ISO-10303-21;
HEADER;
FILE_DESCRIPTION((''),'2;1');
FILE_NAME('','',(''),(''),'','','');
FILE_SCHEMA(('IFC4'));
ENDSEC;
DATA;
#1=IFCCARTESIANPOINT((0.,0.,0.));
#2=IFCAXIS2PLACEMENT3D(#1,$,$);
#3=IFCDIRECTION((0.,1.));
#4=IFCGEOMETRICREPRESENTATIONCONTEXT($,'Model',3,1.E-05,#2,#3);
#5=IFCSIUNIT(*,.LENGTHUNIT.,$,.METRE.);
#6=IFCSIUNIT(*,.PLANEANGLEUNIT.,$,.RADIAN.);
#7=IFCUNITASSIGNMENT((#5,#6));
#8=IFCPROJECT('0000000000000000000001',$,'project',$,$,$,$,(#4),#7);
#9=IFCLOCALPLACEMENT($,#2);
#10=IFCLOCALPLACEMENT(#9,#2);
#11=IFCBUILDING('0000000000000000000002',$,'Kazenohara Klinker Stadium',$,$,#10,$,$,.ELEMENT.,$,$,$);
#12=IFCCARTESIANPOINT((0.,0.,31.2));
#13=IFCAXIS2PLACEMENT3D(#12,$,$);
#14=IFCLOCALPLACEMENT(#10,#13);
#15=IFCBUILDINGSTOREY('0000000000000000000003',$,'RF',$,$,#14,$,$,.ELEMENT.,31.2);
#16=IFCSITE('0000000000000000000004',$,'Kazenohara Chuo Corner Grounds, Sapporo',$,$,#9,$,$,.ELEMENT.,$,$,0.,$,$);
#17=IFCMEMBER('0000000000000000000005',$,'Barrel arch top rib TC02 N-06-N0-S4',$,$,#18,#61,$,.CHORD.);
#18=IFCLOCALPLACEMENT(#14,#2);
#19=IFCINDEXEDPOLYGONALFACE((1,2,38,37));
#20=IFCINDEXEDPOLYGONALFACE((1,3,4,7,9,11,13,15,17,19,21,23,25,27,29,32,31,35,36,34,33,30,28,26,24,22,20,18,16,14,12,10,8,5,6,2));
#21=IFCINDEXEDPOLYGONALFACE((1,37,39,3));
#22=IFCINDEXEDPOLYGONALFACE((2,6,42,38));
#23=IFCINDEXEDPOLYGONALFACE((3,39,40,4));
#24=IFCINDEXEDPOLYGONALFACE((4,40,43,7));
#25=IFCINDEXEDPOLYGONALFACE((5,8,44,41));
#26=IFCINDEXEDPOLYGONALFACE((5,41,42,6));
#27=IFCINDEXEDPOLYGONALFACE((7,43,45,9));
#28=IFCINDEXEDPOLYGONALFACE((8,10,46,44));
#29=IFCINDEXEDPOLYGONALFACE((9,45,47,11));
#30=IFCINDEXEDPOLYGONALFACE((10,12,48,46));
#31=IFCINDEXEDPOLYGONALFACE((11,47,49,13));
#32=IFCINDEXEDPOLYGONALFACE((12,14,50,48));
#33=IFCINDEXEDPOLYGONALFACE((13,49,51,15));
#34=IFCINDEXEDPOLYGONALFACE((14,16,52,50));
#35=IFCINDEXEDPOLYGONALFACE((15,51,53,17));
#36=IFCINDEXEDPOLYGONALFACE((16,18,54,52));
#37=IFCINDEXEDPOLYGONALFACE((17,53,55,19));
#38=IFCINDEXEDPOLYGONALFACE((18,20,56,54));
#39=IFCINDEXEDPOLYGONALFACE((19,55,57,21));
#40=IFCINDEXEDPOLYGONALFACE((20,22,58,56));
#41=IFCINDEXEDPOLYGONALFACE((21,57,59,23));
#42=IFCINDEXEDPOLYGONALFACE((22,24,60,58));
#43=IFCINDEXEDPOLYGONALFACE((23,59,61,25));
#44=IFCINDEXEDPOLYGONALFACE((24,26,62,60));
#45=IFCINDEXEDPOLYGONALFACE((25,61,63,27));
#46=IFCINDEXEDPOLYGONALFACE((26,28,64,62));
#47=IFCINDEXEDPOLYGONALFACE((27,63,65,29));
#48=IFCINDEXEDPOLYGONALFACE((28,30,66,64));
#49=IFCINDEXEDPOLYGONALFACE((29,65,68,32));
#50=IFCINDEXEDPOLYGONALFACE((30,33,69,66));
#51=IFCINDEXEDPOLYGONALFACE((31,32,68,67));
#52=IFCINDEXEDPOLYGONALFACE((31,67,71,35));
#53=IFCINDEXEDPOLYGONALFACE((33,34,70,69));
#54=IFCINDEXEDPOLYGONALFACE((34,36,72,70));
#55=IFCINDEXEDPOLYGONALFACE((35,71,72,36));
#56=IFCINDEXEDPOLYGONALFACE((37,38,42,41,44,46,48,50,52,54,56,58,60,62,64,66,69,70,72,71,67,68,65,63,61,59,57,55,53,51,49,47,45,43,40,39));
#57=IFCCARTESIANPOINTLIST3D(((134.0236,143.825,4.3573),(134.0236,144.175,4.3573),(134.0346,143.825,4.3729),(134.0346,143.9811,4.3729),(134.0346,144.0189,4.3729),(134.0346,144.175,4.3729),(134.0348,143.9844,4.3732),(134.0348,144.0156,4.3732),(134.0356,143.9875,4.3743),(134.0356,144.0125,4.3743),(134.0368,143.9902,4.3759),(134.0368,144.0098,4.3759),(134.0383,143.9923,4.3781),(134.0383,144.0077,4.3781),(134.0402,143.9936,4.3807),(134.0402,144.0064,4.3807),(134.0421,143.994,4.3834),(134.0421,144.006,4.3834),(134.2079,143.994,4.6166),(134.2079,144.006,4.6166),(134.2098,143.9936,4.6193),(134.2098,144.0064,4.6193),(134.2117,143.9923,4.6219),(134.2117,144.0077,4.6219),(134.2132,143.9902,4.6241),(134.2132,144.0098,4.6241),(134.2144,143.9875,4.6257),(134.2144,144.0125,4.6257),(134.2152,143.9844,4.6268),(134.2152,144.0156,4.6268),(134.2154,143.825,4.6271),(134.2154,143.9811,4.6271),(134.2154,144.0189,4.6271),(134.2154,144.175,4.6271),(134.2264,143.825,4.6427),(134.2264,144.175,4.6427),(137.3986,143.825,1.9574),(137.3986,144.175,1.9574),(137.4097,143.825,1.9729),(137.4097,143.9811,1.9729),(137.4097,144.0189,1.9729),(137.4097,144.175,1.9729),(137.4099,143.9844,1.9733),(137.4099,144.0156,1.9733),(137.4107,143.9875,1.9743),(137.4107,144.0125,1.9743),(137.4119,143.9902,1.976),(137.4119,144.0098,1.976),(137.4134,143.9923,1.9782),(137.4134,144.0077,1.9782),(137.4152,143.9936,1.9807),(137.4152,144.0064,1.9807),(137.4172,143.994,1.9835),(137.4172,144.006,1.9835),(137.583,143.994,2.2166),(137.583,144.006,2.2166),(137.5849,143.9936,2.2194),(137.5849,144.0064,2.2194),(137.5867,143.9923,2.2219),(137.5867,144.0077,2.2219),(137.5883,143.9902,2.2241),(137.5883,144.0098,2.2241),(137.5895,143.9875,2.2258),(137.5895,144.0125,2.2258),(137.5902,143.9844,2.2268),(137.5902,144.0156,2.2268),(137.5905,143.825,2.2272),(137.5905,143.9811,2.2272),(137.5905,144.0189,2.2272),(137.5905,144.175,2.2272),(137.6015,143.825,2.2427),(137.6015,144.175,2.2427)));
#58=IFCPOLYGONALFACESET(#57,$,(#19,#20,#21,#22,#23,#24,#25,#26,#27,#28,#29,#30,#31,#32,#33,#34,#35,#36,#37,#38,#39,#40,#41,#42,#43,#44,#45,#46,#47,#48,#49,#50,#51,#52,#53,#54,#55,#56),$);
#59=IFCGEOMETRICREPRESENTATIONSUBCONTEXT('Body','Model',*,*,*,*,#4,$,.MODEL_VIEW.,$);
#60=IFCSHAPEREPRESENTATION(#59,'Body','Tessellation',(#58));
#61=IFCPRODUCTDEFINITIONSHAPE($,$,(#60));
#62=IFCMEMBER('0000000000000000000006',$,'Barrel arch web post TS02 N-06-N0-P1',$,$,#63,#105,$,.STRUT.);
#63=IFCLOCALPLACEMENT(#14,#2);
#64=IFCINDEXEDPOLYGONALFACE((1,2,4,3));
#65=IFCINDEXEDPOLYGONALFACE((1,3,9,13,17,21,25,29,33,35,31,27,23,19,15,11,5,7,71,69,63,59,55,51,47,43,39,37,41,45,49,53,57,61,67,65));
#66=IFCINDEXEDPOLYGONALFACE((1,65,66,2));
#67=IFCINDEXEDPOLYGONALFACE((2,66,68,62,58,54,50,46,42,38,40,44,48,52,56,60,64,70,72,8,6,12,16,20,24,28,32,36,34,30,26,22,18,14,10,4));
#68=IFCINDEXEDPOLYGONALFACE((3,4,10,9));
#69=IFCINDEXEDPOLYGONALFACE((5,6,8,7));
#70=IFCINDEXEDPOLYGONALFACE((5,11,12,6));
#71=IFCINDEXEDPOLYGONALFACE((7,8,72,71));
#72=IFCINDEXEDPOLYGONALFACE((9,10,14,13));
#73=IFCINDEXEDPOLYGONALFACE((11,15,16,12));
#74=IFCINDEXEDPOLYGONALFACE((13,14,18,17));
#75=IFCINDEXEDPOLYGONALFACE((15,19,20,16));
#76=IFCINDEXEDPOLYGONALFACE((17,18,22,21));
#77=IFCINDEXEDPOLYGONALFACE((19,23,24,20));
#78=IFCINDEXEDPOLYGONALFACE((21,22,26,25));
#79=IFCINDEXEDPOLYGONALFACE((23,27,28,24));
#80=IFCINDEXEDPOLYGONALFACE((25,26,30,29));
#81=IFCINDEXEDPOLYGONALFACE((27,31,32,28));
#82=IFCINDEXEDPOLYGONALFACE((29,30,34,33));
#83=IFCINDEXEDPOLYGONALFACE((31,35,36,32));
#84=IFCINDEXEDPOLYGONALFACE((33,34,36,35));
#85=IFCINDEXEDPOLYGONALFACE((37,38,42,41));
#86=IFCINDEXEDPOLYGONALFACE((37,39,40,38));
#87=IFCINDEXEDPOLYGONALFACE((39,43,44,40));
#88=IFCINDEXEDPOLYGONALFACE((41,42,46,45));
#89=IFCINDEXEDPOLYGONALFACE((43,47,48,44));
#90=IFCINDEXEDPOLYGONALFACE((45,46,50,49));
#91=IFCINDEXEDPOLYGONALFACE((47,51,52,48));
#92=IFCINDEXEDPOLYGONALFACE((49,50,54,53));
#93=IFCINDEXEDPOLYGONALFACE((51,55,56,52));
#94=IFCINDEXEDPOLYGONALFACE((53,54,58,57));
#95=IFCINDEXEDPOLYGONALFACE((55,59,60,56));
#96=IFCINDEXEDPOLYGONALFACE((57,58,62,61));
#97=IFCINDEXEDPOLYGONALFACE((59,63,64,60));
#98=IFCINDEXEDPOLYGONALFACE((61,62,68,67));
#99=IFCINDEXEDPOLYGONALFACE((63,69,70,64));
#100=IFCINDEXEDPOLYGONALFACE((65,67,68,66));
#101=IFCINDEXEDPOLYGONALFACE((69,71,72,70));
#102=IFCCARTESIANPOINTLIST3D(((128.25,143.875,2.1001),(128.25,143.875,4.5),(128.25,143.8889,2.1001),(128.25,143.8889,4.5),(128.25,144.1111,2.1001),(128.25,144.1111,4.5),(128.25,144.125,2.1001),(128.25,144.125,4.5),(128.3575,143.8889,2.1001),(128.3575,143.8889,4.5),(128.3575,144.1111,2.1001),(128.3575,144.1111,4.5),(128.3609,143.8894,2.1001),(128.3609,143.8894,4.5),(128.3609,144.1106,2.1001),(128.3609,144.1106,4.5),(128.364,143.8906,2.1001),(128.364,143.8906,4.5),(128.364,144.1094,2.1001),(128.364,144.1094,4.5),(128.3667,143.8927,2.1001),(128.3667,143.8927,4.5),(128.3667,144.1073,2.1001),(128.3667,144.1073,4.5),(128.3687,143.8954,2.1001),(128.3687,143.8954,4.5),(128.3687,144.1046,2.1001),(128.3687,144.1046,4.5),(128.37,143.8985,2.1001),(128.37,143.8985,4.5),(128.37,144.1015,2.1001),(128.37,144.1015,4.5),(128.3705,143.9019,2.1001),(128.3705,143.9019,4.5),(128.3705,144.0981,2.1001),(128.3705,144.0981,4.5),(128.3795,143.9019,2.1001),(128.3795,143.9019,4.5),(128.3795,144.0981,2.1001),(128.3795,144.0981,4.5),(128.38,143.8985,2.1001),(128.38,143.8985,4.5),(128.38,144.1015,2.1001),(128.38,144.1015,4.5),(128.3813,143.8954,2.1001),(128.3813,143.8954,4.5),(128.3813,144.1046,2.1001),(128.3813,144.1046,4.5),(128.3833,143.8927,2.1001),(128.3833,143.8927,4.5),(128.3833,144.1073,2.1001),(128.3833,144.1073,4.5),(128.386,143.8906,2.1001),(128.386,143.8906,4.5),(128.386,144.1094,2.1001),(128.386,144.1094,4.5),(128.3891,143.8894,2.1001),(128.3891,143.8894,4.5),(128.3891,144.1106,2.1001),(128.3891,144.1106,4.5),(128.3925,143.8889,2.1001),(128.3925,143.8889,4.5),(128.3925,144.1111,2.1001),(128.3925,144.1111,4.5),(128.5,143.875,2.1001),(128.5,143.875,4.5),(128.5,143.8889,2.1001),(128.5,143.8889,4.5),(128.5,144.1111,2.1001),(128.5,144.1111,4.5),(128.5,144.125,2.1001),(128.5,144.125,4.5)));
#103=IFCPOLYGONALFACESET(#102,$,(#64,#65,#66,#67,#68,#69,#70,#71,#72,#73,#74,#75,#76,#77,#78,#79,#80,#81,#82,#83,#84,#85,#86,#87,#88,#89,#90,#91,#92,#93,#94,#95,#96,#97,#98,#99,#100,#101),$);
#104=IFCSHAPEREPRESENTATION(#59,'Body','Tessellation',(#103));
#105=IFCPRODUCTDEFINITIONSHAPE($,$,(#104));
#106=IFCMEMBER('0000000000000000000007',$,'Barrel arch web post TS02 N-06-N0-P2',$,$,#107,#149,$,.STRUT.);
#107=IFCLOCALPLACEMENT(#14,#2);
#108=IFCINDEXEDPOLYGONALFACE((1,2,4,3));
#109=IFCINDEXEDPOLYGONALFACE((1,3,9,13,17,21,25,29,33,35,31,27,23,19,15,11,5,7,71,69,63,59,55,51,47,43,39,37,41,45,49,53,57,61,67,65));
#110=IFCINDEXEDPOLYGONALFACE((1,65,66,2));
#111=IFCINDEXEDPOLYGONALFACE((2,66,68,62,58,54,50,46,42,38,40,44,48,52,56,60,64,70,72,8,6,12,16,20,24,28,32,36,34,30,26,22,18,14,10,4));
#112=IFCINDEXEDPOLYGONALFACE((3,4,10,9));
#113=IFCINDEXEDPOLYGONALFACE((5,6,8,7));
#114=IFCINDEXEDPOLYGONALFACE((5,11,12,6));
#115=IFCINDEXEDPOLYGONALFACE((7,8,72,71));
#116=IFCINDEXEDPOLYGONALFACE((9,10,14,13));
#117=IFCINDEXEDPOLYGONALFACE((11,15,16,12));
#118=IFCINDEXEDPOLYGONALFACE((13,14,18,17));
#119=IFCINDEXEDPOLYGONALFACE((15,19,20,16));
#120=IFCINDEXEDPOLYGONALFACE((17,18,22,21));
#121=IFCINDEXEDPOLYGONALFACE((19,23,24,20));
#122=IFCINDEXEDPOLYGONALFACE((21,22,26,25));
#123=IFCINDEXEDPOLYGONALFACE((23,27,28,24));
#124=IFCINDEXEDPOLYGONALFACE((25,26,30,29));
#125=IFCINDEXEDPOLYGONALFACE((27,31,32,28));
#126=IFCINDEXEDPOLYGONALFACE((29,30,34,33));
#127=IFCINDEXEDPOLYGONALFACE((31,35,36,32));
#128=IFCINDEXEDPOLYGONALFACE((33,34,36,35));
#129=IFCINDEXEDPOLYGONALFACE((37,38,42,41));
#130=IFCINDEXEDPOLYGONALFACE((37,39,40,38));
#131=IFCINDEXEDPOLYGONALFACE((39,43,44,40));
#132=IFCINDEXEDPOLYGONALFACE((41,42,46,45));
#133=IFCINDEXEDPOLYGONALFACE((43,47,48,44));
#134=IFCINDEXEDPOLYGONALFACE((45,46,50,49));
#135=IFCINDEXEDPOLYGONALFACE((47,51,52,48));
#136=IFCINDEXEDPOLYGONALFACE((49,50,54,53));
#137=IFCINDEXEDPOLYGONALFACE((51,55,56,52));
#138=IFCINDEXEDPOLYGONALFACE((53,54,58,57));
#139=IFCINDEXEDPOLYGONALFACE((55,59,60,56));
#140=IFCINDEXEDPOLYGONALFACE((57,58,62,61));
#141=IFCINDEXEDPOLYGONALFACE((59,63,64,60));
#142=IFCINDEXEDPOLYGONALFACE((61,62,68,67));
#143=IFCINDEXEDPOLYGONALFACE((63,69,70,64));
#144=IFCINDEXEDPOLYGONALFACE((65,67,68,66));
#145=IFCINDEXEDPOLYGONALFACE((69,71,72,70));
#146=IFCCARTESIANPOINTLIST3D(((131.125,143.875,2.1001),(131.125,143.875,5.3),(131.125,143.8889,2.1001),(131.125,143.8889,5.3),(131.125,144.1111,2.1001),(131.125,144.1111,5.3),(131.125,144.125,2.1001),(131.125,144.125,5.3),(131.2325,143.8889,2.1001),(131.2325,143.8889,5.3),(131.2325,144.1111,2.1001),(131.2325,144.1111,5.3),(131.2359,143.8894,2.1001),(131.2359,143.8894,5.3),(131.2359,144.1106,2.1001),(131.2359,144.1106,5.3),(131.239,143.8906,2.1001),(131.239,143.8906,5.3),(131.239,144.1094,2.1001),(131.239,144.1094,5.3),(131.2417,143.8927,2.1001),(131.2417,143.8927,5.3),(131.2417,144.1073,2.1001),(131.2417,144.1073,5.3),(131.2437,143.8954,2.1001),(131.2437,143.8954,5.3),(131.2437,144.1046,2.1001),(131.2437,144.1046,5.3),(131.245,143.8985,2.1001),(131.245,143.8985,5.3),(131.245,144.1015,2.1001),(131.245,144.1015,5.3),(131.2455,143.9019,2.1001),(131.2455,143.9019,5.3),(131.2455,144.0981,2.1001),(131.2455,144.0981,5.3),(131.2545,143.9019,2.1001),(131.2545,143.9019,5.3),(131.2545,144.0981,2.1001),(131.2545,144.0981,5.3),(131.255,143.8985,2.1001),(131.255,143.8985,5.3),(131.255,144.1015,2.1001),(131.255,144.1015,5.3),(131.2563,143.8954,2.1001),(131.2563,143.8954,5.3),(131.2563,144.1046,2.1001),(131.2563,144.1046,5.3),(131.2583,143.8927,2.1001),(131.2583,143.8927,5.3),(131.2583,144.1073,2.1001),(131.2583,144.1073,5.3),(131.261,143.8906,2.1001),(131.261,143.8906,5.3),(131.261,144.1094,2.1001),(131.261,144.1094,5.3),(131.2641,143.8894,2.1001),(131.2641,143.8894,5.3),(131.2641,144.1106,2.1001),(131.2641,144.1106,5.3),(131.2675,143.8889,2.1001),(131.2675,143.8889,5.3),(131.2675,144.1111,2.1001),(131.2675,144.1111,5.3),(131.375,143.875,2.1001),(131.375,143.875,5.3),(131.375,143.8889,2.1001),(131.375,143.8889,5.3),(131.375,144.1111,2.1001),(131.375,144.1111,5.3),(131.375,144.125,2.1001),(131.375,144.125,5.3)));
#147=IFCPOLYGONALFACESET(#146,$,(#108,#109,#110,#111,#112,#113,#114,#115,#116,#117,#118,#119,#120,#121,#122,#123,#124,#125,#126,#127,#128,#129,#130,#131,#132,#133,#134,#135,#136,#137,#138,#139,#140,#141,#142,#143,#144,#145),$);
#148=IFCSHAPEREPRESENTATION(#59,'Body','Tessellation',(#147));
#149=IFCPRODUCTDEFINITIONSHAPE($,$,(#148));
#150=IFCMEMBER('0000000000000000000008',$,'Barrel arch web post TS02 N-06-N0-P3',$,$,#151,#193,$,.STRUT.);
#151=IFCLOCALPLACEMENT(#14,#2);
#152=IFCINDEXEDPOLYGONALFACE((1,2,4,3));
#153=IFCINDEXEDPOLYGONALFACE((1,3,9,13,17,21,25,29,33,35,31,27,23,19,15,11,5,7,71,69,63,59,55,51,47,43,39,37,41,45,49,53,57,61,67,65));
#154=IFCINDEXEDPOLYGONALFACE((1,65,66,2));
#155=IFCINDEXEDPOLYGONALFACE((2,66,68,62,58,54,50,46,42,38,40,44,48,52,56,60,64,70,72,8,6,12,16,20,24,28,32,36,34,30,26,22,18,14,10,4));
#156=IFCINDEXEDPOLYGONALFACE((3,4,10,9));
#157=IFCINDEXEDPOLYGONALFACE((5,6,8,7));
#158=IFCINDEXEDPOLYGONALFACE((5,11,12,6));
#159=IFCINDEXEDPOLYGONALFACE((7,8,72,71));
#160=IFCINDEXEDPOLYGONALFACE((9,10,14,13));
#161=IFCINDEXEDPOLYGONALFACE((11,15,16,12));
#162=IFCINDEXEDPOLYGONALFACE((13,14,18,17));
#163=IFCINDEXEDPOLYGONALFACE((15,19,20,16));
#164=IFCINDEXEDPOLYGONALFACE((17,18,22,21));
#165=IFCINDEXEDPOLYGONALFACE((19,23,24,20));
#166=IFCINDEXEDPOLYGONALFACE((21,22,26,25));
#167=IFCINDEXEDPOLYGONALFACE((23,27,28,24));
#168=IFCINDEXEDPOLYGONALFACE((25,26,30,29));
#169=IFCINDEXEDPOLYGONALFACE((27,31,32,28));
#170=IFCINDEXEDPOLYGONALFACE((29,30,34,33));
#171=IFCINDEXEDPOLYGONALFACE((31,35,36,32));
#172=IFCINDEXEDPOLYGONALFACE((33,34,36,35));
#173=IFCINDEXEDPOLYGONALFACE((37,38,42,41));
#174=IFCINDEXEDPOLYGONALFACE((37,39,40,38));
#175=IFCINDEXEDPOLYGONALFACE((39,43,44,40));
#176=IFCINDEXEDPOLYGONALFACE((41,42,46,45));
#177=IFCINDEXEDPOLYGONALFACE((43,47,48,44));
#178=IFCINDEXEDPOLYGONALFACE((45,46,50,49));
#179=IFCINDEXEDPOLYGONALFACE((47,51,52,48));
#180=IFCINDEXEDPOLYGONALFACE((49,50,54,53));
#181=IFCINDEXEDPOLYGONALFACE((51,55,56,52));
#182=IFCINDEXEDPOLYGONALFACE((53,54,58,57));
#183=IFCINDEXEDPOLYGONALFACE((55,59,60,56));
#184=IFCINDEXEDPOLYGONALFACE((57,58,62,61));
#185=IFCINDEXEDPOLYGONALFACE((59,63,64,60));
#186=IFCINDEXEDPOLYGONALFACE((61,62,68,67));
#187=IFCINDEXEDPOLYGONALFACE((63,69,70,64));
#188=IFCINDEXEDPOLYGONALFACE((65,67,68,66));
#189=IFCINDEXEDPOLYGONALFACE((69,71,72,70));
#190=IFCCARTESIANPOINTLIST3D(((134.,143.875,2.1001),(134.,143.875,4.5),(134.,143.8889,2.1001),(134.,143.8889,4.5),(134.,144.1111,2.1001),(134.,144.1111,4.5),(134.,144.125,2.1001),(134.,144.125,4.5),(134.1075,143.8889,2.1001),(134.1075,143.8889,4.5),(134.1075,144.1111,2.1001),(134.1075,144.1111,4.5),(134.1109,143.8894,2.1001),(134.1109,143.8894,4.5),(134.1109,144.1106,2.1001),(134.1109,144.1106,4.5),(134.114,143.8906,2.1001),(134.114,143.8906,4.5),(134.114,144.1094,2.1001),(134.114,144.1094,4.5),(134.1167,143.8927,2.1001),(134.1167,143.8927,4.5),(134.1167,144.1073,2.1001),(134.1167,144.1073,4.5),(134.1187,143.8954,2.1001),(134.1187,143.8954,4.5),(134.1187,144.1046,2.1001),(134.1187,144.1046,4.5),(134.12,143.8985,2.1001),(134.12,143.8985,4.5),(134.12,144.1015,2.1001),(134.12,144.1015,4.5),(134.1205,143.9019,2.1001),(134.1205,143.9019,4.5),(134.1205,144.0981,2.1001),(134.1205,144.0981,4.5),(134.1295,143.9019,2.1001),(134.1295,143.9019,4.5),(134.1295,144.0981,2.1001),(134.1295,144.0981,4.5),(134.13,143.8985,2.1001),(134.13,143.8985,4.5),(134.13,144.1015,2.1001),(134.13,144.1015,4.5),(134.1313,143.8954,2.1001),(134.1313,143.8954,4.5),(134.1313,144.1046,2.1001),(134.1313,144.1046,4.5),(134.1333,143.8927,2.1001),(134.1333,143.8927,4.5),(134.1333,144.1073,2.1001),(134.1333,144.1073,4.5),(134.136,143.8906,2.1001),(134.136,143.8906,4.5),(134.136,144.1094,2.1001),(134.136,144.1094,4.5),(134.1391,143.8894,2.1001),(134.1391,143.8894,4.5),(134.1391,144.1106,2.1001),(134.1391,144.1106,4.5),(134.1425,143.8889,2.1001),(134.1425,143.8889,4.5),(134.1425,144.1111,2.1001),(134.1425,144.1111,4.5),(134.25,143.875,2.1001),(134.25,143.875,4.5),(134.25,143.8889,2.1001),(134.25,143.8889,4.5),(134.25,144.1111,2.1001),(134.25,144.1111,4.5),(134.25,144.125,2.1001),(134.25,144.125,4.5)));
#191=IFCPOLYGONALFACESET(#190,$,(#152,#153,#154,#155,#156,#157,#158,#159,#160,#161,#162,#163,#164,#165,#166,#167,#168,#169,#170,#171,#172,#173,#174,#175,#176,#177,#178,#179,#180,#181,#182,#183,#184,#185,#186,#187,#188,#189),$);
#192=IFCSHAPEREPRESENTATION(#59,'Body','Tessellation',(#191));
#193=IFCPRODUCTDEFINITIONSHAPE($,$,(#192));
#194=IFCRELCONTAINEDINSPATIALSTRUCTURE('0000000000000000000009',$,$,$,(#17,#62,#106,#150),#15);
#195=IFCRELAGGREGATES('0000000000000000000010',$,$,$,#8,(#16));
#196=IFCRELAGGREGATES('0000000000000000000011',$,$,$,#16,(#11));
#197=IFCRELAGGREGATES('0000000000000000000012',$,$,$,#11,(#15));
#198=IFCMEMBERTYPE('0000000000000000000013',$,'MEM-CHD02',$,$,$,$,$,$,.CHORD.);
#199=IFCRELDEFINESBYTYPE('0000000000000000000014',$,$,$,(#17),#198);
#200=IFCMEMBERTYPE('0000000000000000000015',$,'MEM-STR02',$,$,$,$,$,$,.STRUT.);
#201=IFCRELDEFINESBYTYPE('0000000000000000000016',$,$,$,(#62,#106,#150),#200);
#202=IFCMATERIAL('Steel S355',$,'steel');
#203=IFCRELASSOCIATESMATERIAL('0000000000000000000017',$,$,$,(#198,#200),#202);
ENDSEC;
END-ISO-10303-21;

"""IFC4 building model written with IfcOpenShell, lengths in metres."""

from ifc_helpers import new_model, si_unit, direction, frame, origin, origin_2d, place, context, subcontext, project, spatial, i_section, extrude, material, material_profile, profile_set, type_object, element, save


model = new_model("IFC4")

# Units and contexts
model_context = context("Model", 3, precision=1e-05, world=origin(), true_north=direction((0.0, 1.0)))
body_context = subcontext(model_context, "Body", "Model", "MODEL_VIEW")
ifc_project = project(units=[si_unit("LENGTHUNIT", "METRE"), si_unit("PLANEANGLEUNIT", "RADIAN")], contexts=[model_context])

# Site, building, storey
site_placement = place(None, origin())
site = spatial("IfcSite", under=ifc_project, at=site_placement, Name="Kazenohara Chuo Corner Grounds, Sapporo", CompositionType="ELEMENT", RefElevation=0.0)
building_placement = place(site_placement, origin())
building = spatial("IfcBuilding", under=site, at=building_placement, Name="Kazenohara Klinker Stadium", CompositionType="ELEMENT")
storey_placement = place(building_placement, frame((0.0, 0.0, 31.2)))
storey = spatial("IfcBuildingStorey", under=building, at=storey_placement, Name="RF", CompositionType="ELEMENT", Elevation=31.2)

# Members
ifc_material_1 = material(Name="Steel S355", Category="steel")
ifc_material_profile_1 = material_profile(ifc_material_1, i_section(OverallWidth=0.3501, OverallDepth=0.3501, WebThickness=0.012, FlangeThickness=0.019, FilletRadius=0.0129, at=origin_2d()), Name="H-350x350x12x19")
ifc_profile_set_1 = profile_set([ifc_material_profile_1], Name="Steel S355")
member_type_1 = type_object("IfcMemberType", Name="MEM-CHD02", PredefinedType="CHORD", material=ifc_profile_set_1)
member_1_placement = place(storey_placement, frame((134.125, 144.0, 4.5), z_axis=(0.814966, 0.0, -0.579508), x_axis=(0.0, 1.0, 0.0)))
element("IfcMember", 1, at=member_1_placement, inside=storey, type_object=member_type_1, Name="Barrel arch top rib TC02 N-06-N0-S4", PredefinedType="CHORD", context=body_context, shape_type="SweptSolid", body=[
    extrude(i_section(OverallWidth=0.3501, OverallDepth=0.3501, WebThickness=0.012, FlangeThickness=0.019, FilletRadius=0.0129, at=origin_2d()), origin(), (0.0, 0.0, 1.0), 4.1414),
])
ifc_material_profile_2 = material_profile(ifc_material_1, i_section(OverallWidth=0.25, OverallDepth=0.25, WebThickness=0.009, FlangeThickness=0.0139, FilletRadius=0.0129, at=origin_2d()), Name="H-250x250x9x14")
ifc_profile_set_2 = profile_set([ifc_material_profile_2], Name="Steel S355")
member_type_2 = type_object("IfcMemberType", Name="MEM-STR02", PredefinedType="STRUT", material=ifc_profile_set_2)
member_2_placement = place(storey_placement, frame((128.375, 144.0, 2.1001), z_axis=(0.0, 0.0, 1.0), x_axis=(1.0, 0.0, 0.0)))
element("IfcMember", 2, at=member_2_placement, inside=storey, type_object=member_type_2, Name="Barrel arch web post TS02 N-06-N0-P1", PredefinedType="STRUT", context=body_context, shape_type="SweptSolid", body=[
    extrude(i_section(OverallWidth=0.25, OverallDepth=0.25, WebThickness=0.009, FlangeThickness=0.0139, FilletRadius=0.0129, at=origin_2d()), origin(), (0.0, 0.0, 1.0), 2.3999),
])
member_3_placement = place(storey_placement, frame((131.25, 144.0, 2.1001), z_axis=(0.0, 0.0, 1.0), x_axis=(1.0, 0.0, 0.0)))
element("IfcMember", 3, at=member_3_placement, inside=storey, type_object=member_type_2, Name="Barrel arch web post TS02 N-06-N0-P2", PredefinedType="STRUT", context=body_context, shape_type="SweptSolid", body=[
    extrude(i_section(OverallWidth=0.25, OverallDepth=0.25, WebThickness=0.009, FlangeThickness=0.0139, FilletRadius=0.0129, at=origin_2d()), origin(), (0.0, 0.0, 1.0), 3.2),
])
member_4_placement = place(storey_placement, frame((134.125, 144.0, 2.1001), z_axis=(0.0, 0.0, 1.0), x_axis=(1.0, 0.0, 0.0)))
element("IfcMember", 4, at=member_4_placement, inside=storey, type_object=member_type_2, Name="Barrel arch web post TS02 N-06-N0-P3", PredefinedType="STRUT", context=body_context, shape_type="SweptSolid", body=[
    extrude(i_section(OverallWidth=0.25, OverallDepth=0.25, WebThickness=0.009, FlangeThickness=0.0139, FilletRadius=0.0129, at=origin_2d()), origin(), (0.0, 0.0, 1.0), 2.3999),
])

save(model, "model.ifc")
